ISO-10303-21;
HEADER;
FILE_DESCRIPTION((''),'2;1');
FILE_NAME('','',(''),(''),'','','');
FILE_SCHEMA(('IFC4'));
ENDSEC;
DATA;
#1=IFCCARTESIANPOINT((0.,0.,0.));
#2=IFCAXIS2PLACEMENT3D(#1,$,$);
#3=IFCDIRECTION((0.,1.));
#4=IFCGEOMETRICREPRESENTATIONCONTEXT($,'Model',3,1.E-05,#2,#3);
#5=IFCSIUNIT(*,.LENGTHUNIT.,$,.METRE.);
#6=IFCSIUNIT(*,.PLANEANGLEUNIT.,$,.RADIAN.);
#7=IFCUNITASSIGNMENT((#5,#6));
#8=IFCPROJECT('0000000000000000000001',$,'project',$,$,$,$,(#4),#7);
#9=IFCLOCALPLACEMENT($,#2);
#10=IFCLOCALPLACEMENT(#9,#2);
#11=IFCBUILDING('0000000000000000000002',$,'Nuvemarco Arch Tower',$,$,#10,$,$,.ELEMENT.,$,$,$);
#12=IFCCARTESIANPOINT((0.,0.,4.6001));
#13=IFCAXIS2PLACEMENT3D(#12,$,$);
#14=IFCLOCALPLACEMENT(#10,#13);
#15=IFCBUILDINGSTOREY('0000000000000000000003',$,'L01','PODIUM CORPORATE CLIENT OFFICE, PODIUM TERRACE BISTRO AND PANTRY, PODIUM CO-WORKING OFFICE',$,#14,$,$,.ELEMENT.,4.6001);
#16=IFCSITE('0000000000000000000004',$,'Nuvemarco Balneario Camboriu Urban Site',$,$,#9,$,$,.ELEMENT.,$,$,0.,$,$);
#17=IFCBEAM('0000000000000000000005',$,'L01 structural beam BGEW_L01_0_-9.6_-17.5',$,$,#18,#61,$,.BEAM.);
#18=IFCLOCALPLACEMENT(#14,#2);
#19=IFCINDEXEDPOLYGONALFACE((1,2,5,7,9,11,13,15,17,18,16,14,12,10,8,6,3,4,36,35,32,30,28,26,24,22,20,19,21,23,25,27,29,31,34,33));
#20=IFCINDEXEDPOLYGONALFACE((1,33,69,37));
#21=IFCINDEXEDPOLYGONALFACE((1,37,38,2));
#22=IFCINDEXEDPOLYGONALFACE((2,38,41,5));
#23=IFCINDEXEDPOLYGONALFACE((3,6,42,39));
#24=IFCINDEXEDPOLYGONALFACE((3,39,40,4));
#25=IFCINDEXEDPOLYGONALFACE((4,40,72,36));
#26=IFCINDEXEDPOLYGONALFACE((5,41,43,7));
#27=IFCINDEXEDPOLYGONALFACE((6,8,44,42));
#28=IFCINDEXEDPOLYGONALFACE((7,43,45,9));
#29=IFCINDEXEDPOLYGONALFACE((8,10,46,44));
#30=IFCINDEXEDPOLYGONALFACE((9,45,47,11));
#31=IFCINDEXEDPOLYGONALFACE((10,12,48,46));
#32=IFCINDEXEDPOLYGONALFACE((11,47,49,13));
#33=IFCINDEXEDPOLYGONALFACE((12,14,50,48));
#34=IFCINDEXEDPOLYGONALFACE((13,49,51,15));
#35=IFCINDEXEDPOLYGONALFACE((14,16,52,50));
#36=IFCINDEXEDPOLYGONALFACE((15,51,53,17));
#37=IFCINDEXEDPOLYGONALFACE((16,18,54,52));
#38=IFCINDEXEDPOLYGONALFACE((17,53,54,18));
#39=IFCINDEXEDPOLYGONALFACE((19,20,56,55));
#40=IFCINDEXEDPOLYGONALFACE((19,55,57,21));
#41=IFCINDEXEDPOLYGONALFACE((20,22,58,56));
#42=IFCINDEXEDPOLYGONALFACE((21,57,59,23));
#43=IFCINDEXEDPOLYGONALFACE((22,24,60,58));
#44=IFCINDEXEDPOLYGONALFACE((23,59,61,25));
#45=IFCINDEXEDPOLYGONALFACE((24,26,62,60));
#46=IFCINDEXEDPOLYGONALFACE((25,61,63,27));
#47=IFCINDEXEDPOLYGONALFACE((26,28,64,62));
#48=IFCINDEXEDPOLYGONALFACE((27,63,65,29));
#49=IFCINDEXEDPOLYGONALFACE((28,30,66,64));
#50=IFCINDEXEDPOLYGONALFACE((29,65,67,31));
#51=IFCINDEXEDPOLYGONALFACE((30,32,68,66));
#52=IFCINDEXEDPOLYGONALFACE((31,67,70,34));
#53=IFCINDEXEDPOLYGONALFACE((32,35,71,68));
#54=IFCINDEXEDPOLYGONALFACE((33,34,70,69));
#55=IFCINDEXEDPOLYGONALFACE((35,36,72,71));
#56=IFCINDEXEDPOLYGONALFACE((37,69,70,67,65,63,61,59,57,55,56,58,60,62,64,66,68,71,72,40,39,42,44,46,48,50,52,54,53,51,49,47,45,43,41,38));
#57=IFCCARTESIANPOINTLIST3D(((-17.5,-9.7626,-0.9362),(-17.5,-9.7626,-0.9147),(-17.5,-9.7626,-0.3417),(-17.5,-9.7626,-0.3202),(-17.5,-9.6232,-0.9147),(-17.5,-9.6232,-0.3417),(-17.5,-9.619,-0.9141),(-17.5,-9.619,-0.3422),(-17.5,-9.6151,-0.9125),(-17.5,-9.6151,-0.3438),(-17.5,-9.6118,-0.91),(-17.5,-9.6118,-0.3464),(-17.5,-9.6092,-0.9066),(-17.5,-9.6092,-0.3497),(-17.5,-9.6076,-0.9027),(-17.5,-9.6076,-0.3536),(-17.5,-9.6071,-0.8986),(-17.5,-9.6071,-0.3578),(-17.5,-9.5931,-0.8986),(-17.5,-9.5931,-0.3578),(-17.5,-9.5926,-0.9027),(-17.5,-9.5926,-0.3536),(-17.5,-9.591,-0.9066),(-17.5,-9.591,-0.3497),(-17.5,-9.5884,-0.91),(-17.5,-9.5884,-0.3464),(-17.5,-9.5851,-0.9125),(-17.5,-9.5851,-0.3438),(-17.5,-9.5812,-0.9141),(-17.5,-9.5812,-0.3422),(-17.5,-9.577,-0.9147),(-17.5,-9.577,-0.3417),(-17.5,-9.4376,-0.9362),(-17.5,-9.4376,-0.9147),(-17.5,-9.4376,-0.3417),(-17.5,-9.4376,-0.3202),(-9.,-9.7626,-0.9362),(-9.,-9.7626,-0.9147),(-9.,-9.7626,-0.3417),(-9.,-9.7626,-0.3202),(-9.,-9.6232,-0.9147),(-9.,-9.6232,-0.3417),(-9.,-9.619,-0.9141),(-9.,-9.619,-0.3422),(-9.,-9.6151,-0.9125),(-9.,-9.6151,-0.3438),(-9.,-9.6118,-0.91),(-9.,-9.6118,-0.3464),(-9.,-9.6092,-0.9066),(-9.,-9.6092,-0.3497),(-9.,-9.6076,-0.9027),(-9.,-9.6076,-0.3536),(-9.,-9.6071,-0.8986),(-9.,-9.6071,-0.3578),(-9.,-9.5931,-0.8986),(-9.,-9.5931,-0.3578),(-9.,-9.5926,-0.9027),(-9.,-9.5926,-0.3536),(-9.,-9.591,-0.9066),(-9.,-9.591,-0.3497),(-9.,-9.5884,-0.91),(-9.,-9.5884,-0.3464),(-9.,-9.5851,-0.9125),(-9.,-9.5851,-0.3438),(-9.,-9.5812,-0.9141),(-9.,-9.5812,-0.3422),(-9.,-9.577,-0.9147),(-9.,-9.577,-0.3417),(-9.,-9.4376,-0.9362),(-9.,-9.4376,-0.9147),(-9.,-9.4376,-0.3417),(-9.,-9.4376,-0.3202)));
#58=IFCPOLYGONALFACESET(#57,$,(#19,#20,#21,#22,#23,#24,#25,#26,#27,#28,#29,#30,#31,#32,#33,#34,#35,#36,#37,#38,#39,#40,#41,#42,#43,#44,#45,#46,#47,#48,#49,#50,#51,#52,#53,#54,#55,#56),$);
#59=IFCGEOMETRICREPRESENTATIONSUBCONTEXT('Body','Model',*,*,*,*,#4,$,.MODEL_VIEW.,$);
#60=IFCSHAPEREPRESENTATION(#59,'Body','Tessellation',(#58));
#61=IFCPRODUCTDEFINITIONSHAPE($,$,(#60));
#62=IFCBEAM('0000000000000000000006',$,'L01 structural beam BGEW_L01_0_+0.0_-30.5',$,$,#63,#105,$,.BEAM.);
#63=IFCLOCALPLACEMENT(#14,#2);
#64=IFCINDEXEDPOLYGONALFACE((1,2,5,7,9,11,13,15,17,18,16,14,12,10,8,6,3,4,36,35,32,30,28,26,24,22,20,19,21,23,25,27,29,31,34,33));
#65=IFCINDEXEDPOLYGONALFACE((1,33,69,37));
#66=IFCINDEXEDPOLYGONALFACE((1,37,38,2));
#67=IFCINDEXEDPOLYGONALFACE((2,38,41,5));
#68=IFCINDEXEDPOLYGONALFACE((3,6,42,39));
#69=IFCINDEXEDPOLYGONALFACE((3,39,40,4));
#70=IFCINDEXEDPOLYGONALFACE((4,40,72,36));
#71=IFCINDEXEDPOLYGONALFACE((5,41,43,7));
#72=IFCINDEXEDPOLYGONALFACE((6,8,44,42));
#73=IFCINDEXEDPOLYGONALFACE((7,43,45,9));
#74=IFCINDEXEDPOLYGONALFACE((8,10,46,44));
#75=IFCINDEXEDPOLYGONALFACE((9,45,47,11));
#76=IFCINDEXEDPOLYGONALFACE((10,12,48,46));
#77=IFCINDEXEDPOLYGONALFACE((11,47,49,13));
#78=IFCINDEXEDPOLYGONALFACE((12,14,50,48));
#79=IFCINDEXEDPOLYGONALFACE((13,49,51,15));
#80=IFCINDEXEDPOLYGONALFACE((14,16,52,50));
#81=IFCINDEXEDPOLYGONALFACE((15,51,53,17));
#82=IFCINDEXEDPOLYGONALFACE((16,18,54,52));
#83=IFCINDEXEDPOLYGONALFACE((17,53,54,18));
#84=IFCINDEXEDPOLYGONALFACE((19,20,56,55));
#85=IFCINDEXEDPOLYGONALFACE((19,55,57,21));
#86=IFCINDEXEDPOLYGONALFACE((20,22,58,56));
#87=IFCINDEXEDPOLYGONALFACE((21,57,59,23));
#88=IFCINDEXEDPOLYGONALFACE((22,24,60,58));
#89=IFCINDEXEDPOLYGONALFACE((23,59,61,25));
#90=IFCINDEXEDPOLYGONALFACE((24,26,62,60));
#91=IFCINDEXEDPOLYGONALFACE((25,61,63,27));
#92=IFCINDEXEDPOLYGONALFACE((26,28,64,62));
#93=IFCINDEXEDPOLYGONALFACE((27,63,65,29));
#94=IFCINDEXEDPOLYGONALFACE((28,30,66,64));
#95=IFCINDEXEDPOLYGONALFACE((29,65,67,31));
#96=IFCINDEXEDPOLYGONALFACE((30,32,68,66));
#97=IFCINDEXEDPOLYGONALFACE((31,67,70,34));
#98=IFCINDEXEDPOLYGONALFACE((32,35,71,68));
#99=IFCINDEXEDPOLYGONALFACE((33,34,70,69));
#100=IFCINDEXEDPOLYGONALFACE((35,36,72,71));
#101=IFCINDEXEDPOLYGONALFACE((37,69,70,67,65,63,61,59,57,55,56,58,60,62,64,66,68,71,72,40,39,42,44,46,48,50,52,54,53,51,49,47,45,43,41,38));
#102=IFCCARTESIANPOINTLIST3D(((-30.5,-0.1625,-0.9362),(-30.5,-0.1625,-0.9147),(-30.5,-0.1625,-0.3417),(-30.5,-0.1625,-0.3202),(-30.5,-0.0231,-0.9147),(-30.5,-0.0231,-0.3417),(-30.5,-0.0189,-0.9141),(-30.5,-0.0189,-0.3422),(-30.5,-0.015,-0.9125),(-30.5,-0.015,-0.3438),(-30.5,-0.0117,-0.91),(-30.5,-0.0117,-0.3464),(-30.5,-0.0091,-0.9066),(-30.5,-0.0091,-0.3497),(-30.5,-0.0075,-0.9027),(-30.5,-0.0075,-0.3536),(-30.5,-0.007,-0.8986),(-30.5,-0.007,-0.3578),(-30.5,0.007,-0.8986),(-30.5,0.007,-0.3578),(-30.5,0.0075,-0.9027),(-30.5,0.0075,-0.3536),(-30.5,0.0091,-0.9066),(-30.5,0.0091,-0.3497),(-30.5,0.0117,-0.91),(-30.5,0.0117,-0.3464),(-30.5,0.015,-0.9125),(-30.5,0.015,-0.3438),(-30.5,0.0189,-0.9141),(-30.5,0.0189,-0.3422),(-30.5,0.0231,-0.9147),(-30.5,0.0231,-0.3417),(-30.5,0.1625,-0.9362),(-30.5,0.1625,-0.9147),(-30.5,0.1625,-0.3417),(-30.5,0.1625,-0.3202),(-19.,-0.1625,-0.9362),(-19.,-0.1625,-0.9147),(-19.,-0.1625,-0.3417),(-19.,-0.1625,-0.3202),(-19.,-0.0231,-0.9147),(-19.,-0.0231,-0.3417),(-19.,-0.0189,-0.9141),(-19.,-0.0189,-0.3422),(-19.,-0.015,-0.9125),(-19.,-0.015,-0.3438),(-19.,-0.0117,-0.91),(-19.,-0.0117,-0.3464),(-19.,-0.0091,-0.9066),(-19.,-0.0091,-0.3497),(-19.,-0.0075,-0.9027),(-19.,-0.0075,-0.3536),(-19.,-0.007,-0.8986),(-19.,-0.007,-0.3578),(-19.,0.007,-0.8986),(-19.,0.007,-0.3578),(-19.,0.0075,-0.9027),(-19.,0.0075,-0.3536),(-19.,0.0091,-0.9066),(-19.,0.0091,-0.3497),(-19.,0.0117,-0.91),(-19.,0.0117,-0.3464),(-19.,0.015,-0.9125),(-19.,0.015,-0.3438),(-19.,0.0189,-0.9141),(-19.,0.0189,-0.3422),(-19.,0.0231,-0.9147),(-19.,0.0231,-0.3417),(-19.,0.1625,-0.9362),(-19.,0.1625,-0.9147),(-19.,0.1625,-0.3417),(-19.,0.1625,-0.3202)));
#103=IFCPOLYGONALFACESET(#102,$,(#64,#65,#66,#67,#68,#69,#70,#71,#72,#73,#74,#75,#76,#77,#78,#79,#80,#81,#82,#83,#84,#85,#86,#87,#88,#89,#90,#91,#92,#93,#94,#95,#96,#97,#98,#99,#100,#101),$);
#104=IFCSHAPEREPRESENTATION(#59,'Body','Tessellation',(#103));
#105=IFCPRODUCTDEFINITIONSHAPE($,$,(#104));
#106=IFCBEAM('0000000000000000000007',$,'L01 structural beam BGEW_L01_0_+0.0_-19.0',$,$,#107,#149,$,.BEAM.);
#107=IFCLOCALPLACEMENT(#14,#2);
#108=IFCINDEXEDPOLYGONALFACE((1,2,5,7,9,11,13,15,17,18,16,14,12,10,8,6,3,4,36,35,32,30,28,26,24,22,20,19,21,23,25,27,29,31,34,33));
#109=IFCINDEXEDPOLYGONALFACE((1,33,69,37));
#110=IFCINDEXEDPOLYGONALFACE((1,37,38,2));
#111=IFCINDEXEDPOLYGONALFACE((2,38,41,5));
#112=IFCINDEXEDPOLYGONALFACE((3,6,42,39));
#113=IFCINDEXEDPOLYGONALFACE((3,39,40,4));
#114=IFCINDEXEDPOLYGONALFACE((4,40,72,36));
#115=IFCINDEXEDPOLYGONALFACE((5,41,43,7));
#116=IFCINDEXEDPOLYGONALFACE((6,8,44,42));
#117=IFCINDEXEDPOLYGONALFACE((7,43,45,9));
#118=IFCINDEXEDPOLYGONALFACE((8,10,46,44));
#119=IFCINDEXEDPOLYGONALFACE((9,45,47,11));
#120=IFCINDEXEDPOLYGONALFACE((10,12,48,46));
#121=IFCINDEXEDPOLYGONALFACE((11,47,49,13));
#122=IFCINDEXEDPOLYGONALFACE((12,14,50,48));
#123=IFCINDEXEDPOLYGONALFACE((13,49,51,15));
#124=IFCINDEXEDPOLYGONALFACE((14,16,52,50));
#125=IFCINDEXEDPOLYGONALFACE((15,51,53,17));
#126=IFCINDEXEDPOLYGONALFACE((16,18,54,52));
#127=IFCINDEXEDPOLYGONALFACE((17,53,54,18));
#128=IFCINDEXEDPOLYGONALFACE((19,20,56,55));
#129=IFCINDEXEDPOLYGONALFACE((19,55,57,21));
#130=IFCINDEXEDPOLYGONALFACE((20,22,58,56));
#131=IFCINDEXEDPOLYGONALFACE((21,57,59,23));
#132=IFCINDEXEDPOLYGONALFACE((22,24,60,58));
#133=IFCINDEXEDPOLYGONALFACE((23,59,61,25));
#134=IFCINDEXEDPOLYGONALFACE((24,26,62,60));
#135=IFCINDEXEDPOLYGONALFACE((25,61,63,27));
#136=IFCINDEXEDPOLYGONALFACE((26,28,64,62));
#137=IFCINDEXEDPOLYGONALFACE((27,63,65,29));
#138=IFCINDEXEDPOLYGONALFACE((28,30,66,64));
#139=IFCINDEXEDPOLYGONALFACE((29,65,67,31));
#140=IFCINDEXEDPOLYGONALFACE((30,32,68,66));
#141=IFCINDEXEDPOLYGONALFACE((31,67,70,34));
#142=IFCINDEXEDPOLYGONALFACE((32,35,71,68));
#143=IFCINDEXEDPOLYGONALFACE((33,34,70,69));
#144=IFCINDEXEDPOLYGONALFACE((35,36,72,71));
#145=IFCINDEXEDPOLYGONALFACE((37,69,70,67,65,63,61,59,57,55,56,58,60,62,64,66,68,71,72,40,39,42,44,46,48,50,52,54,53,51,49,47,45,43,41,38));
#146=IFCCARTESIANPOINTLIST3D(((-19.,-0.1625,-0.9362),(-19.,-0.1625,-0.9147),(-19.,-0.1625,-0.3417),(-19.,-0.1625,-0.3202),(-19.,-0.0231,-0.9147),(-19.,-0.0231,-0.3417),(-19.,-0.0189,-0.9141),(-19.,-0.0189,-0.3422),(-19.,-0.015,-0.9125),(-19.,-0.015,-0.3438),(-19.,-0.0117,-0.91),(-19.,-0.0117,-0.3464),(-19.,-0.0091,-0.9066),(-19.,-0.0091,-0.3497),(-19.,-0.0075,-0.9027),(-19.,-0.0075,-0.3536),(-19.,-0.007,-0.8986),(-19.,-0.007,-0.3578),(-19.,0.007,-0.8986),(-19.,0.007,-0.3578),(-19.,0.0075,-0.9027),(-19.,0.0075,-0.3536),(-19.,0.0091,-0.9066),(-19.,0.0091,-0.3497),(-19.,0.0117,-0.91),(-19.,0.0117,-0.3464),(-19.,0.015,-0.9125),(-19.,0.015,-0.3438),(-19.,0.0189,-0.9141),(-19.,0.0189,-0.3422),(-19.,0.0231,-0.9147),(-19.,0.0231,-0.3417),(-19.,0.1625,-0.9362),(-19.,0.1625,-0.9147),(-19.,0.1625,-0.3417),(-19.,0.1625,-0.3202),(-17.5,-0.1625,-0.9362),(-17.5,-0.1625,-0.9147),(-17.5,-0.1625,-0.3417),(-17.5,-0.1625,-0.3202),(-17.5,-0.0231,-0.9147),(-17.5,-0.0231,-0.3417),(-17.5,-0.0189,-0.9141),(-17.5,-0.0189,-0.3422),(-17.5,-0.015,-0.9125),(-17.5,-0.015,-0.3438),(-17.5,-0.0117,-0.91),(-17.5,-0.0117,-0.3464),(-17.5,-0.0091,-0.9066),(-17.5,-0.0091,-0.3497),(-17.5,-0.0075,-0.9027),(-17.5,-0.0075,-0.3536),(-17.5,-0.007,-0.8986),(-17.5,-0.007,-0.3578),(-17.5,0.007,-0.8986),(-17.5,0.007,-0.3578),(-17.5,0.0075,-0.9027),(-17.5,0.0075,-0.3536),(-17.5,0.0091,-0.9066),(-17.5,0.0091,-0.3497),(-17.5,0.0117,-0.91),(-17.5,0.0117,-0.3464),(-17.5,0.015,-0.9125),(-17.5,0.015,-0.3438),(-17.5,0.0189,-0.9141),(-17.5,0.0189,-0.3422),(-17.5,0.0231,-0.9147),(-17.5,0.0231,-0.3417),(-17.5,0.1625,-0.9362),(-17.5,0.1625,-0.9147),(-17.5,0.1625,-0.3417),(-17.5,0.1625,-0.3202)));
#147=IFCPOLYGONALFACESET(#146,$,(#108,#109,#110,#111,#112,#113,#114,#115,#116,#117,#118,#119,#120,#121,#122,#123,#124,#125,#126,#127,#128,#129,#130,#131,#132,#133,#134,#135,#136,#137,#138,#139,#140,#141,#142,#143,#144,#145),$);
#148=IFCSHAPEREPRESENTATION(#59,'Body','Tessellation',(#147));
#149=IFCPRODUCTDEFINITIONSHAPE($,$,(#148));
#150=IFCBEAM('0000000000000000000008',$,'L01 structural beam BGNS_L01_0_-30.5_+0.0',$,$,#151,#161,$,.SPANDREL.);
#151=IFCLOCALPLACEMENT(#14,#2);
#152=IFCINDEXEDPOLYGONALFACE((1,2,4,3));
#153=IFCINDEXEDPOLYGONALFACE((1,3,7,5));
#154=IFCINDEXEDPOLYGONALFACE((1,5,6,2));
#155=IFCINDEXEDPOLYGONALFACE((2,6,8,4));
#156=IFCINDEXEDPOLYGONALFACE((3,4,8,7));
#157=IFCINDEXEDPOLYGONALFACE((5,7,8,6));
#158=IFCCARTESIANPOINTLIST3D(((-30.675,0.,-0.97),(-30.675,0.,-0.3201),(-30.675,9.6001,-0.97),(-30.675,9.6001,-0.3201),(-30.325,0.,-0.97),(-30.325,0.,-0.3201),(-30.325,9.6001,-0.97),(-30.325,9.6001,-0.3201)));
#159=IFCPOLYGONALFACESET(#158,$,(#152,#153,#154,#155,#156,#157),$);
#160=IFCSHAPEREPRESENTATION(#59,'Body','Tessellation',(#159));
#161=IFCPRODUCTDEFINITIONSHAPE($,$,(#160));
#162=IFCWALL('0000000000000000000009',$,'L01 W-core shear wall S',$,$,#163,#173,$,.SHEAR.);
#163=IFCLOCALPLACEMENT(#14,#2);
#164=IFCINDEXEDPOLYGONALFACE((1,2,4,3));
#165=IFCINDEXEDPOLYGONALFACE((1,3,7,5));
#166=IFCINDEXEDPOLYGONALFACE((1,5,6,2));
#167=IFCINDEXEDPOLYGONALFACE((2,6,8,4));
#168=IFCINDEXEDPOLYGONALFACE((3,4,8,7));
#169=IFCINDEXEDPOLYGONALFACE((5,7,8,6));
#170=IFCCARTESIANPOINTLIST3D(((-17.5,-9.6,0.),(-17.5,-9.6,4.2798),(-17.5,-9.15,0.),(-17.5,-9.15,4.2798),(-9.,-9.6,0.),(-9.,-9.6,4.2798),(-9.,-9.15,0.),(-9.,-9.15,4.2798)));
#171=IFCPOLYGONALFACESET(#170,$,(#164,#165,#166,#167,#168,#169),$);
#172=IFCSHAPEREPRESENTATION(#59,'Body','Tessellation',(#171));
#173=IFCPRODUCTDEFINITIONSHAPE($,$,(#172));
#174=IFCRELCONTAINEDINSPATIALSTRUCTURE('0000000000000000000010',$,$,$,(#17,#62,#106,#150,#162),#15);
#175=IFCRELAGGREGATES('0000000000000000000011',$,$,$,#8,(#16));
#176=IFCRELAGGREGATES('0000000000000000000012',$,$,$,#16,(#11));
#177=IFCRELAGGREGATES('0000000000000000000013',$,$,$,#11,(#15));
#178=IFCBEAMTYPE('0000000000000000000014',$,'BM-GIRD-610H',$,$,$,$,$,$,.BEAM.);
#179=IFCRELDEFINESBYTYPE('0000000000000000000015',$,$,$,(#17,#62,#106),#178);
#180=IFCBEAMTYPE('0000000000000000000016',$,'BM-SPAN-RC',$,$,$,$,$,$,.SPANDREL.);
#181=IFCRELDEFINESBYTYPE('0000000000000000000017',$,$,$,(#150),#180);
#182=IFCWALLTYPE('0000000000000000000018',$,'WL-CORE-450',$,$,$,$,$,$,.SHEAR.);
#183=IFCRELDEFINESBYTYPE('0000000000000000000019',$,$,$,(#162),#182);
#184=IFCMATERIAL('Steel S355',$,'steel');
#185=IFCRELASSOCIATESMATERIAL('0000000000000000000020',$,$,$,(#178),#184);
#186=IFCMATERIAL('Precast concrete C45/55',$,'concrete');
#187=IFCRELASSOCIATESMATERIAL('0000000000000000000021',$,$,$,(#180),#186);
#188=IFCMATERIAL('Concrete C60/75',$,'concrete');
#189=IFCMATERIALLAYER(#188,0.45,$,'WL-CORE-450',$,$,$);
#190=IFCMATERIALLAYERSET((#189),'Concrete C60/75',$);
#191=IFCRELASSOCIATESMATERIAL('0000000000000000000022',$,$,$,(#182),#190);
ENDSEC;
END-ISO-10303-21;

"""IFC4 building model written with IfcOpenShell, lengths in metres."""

from ifc_helpers import new_model, si_unit, direction, frame, frame_2d, origin, origin_2d, place, context, subcontext, project, spatial, rectangle, i_section, extrude, material, layer, layer_set, material_profile, profile_set, type_object, element, save


model = new_model("IFC4")

# Units and contexts
model_context = context("Model", 3, precision=1e-05, world=origin(), true_north=direction((0.0, 1.0)))
body_context = subcontext(model_context, "Body", "Model", "MODEL_VIEW")
ifc_project = project(units=[si_unit("LENGTHUNIT", "METRE"), si_unit("PLANEANGLEUNIT", "RADIAN")], contexts=[model_context])

# Site, building, storey
site_placement = place(None, origin())
site = spatial("IfcSite", under=ifc_project, at=site_placement, Name="Nuvemarco Balneario Camboriu Urban Site", CompositionType="ELEMENT", RefElevation=0.0)
building_placement = place(site_placement, origin())
building = spatial("IfcBuilding", under=site, at=building_placement, Name="Nuvemarco Arch Tower", CompositionType="ELEMENT")
storey_placement = place(building_placement, frame((0.0, 0.0, 4.6001)))
storey = spatial("IfcBuildingStorey", under=building, at=storey_placement, Name="L01", Description="PODIUM CORPORATE CLIENT OFFICE, PODIUM TERRACE BISTRO AND PANTRY, PODIUM CO-WORKING OFFICE", CompositionType="ELEMENT", Elevation=4.6001)

# Shared definitions
ifc_material_1 = material(Name="Concrete C60/75", Category="concrete")

# Beams
ifc_material_2 = material(Name="Steel S355", Category="steel")
ifc_material_profile_1 = material_profile(ifc_material_2, i_section(OverallWidth=0.325, OverallDepth=0.616, WebThickness=0.0139, FlangeThickness=0.0215, FilletRadius=0.0161, at=origin_2d()), Name="W610x174")
ifc_profile_set_1 = profile_set([ifc_material_profile_1], Name="Steel S355")
beam_type_1 = type_object("IfcBeamType", Name="BM-GIRD-610H", PredefinedType="BEAM", material=ifc_profile_set_1)
beam_1_placement = place(storey_placement, frame((-17.5, -9.6001, -0.6282), z_axis=(1.0, 0.0, 0.0), x_axis=(0.0, 1.0, 0.0)))
element("IfcBeam", 1, at=beam_1_placement, inside=storey, type_object=beam_type_1, Name="L01 structural beam BGEW_L01_0_-9.6_-17.5", PredefinedType="BEAM", context=body_context, shape_type="SweptSolid", body=[
    extrude(i_section(OverallWidth=0.325, OverallDepth=0.616, WebThickness=0.0139, FlangeThickness=0.0215, FilletRadius=0.0161, at=origin_2d()), origin(), (0.0, 0.0, 1.0), 8.5),
])
beam_2_placement = place(storey_placement, frame((-30.5, 0.0, -0.6282), z_axis=(1.0, 0.0, 0.0), x_axis=(0.0, 1.0, 0.0)))
element("IfcBeam", 2, at=beam_2_placement, inside=storey, type_object=beam_type_1, Name="L01 structural beam BGEW_L01_0_+0.0_-30.5", PredefinedType="BEAM", context=body_context, shape_type="SweptSolid", body=[
    extrude(i_section(OverallWidth=0.325, OverallDepth=0.616, WebThickness=0.0139, FlangeThickness=0.0215, FilletRadius=0.0161, at=origin_2d()), origin(), (0.0, 0.0, 1.0), 11.5),
])
beam_3_placement = place(storey_placement, frame((-19.0, 0.0, -0.6282), z_axis=(1.0, 0.0, 0.0), x_axis=(0.0, 1.0, 0.0)))
element("IfcBeam", 3, at=beam_3_placement, inside=storey, type_object=beam_type_1, Name="L01 structural beam BGEW_L01_0_+0.0_-19.0", PredefinedType="BEAM", context=body_context, shape_type="SweptSolid", body=[
    extrude(i_section(OverallWidth=0.325, OverallDepth=0.616, WebThickness=0.0139, FlangeThickness=0.0215, FilletRadius=0.0161, at=origin_2d()), origin(), (0.0, 0.0, 1.0), 1.5),
])
ifc_material_3 = material(Name="Precast concrete C45/55", Category="concrete")
ifc_material_profile_2 = material_profile(ifc_material_3, rectangle(XDim=0.3501, YDim=0.6499, at=origin_2d()), Name="PC-SP-350x650")
ifc_profile_set_2 = profile_set([ifc_material_profile_2], Name="Precast concrete C45/55")
beam_type_2 = type_object("IfcBeamType", Name="BM-SPAN-RC", PredefinedType="SPANDREL", material=ifc_profile_set_2)
beam_4_placement = place(storey_placement, frame((-30.5, 0.0, -0.645), z_axis=(0.0, 1.0, 0.0), x_axis=(-1.0, 0.0, 0.0)))
element("IfcBeam", 4, at=beam_4_placement, inside=storey, type_object=beam_type_2, Name="L01 structural beam BGNS_L01_0_-30.5_+0.0", PredefinedType="SPANDREL", context=body_context, shape_type="SweptSolid", body=[
    extrude(rectangle(XDim=0.3501, YDim=0.6499, at=origin_2d()), origin(), (0.0, 0.0, 1.0), 9.6001),
])

# Wall
ifc_layer = layer(ifc_material_1, 0.45, Name="WL-CORE-450")
ifc_layer_set = layer_set([ifc_layer], Name="Concrete C60/75")
wall_type = type_object("IfcWallType", Name="WL-CORE-450", PredefinedType="SHEAR", material=ifc_layer_set)
wall_placement = place(storey_placement, frame((-17.5, -9.375, 0.0), z_axis=(0.0, 0.0, 1.0), x_axis=(1.0, 0.0, 0.0)))
element("IfcWall", 5, at=wall_placement, inside=storey, type_object=wall_type, Name="L01 W-core shear wall S", PredefinedType="SHEAR", context=body_context, shape_type="SweptSolid", body=[
    extrude(rectangle(XDim=8.5, YDim=0.45, at=frame_2d((4.25, 0.0))), origin(), (0.0, 0.0, 1.0), 4.2798),
])

save(model, "model.ifc")
